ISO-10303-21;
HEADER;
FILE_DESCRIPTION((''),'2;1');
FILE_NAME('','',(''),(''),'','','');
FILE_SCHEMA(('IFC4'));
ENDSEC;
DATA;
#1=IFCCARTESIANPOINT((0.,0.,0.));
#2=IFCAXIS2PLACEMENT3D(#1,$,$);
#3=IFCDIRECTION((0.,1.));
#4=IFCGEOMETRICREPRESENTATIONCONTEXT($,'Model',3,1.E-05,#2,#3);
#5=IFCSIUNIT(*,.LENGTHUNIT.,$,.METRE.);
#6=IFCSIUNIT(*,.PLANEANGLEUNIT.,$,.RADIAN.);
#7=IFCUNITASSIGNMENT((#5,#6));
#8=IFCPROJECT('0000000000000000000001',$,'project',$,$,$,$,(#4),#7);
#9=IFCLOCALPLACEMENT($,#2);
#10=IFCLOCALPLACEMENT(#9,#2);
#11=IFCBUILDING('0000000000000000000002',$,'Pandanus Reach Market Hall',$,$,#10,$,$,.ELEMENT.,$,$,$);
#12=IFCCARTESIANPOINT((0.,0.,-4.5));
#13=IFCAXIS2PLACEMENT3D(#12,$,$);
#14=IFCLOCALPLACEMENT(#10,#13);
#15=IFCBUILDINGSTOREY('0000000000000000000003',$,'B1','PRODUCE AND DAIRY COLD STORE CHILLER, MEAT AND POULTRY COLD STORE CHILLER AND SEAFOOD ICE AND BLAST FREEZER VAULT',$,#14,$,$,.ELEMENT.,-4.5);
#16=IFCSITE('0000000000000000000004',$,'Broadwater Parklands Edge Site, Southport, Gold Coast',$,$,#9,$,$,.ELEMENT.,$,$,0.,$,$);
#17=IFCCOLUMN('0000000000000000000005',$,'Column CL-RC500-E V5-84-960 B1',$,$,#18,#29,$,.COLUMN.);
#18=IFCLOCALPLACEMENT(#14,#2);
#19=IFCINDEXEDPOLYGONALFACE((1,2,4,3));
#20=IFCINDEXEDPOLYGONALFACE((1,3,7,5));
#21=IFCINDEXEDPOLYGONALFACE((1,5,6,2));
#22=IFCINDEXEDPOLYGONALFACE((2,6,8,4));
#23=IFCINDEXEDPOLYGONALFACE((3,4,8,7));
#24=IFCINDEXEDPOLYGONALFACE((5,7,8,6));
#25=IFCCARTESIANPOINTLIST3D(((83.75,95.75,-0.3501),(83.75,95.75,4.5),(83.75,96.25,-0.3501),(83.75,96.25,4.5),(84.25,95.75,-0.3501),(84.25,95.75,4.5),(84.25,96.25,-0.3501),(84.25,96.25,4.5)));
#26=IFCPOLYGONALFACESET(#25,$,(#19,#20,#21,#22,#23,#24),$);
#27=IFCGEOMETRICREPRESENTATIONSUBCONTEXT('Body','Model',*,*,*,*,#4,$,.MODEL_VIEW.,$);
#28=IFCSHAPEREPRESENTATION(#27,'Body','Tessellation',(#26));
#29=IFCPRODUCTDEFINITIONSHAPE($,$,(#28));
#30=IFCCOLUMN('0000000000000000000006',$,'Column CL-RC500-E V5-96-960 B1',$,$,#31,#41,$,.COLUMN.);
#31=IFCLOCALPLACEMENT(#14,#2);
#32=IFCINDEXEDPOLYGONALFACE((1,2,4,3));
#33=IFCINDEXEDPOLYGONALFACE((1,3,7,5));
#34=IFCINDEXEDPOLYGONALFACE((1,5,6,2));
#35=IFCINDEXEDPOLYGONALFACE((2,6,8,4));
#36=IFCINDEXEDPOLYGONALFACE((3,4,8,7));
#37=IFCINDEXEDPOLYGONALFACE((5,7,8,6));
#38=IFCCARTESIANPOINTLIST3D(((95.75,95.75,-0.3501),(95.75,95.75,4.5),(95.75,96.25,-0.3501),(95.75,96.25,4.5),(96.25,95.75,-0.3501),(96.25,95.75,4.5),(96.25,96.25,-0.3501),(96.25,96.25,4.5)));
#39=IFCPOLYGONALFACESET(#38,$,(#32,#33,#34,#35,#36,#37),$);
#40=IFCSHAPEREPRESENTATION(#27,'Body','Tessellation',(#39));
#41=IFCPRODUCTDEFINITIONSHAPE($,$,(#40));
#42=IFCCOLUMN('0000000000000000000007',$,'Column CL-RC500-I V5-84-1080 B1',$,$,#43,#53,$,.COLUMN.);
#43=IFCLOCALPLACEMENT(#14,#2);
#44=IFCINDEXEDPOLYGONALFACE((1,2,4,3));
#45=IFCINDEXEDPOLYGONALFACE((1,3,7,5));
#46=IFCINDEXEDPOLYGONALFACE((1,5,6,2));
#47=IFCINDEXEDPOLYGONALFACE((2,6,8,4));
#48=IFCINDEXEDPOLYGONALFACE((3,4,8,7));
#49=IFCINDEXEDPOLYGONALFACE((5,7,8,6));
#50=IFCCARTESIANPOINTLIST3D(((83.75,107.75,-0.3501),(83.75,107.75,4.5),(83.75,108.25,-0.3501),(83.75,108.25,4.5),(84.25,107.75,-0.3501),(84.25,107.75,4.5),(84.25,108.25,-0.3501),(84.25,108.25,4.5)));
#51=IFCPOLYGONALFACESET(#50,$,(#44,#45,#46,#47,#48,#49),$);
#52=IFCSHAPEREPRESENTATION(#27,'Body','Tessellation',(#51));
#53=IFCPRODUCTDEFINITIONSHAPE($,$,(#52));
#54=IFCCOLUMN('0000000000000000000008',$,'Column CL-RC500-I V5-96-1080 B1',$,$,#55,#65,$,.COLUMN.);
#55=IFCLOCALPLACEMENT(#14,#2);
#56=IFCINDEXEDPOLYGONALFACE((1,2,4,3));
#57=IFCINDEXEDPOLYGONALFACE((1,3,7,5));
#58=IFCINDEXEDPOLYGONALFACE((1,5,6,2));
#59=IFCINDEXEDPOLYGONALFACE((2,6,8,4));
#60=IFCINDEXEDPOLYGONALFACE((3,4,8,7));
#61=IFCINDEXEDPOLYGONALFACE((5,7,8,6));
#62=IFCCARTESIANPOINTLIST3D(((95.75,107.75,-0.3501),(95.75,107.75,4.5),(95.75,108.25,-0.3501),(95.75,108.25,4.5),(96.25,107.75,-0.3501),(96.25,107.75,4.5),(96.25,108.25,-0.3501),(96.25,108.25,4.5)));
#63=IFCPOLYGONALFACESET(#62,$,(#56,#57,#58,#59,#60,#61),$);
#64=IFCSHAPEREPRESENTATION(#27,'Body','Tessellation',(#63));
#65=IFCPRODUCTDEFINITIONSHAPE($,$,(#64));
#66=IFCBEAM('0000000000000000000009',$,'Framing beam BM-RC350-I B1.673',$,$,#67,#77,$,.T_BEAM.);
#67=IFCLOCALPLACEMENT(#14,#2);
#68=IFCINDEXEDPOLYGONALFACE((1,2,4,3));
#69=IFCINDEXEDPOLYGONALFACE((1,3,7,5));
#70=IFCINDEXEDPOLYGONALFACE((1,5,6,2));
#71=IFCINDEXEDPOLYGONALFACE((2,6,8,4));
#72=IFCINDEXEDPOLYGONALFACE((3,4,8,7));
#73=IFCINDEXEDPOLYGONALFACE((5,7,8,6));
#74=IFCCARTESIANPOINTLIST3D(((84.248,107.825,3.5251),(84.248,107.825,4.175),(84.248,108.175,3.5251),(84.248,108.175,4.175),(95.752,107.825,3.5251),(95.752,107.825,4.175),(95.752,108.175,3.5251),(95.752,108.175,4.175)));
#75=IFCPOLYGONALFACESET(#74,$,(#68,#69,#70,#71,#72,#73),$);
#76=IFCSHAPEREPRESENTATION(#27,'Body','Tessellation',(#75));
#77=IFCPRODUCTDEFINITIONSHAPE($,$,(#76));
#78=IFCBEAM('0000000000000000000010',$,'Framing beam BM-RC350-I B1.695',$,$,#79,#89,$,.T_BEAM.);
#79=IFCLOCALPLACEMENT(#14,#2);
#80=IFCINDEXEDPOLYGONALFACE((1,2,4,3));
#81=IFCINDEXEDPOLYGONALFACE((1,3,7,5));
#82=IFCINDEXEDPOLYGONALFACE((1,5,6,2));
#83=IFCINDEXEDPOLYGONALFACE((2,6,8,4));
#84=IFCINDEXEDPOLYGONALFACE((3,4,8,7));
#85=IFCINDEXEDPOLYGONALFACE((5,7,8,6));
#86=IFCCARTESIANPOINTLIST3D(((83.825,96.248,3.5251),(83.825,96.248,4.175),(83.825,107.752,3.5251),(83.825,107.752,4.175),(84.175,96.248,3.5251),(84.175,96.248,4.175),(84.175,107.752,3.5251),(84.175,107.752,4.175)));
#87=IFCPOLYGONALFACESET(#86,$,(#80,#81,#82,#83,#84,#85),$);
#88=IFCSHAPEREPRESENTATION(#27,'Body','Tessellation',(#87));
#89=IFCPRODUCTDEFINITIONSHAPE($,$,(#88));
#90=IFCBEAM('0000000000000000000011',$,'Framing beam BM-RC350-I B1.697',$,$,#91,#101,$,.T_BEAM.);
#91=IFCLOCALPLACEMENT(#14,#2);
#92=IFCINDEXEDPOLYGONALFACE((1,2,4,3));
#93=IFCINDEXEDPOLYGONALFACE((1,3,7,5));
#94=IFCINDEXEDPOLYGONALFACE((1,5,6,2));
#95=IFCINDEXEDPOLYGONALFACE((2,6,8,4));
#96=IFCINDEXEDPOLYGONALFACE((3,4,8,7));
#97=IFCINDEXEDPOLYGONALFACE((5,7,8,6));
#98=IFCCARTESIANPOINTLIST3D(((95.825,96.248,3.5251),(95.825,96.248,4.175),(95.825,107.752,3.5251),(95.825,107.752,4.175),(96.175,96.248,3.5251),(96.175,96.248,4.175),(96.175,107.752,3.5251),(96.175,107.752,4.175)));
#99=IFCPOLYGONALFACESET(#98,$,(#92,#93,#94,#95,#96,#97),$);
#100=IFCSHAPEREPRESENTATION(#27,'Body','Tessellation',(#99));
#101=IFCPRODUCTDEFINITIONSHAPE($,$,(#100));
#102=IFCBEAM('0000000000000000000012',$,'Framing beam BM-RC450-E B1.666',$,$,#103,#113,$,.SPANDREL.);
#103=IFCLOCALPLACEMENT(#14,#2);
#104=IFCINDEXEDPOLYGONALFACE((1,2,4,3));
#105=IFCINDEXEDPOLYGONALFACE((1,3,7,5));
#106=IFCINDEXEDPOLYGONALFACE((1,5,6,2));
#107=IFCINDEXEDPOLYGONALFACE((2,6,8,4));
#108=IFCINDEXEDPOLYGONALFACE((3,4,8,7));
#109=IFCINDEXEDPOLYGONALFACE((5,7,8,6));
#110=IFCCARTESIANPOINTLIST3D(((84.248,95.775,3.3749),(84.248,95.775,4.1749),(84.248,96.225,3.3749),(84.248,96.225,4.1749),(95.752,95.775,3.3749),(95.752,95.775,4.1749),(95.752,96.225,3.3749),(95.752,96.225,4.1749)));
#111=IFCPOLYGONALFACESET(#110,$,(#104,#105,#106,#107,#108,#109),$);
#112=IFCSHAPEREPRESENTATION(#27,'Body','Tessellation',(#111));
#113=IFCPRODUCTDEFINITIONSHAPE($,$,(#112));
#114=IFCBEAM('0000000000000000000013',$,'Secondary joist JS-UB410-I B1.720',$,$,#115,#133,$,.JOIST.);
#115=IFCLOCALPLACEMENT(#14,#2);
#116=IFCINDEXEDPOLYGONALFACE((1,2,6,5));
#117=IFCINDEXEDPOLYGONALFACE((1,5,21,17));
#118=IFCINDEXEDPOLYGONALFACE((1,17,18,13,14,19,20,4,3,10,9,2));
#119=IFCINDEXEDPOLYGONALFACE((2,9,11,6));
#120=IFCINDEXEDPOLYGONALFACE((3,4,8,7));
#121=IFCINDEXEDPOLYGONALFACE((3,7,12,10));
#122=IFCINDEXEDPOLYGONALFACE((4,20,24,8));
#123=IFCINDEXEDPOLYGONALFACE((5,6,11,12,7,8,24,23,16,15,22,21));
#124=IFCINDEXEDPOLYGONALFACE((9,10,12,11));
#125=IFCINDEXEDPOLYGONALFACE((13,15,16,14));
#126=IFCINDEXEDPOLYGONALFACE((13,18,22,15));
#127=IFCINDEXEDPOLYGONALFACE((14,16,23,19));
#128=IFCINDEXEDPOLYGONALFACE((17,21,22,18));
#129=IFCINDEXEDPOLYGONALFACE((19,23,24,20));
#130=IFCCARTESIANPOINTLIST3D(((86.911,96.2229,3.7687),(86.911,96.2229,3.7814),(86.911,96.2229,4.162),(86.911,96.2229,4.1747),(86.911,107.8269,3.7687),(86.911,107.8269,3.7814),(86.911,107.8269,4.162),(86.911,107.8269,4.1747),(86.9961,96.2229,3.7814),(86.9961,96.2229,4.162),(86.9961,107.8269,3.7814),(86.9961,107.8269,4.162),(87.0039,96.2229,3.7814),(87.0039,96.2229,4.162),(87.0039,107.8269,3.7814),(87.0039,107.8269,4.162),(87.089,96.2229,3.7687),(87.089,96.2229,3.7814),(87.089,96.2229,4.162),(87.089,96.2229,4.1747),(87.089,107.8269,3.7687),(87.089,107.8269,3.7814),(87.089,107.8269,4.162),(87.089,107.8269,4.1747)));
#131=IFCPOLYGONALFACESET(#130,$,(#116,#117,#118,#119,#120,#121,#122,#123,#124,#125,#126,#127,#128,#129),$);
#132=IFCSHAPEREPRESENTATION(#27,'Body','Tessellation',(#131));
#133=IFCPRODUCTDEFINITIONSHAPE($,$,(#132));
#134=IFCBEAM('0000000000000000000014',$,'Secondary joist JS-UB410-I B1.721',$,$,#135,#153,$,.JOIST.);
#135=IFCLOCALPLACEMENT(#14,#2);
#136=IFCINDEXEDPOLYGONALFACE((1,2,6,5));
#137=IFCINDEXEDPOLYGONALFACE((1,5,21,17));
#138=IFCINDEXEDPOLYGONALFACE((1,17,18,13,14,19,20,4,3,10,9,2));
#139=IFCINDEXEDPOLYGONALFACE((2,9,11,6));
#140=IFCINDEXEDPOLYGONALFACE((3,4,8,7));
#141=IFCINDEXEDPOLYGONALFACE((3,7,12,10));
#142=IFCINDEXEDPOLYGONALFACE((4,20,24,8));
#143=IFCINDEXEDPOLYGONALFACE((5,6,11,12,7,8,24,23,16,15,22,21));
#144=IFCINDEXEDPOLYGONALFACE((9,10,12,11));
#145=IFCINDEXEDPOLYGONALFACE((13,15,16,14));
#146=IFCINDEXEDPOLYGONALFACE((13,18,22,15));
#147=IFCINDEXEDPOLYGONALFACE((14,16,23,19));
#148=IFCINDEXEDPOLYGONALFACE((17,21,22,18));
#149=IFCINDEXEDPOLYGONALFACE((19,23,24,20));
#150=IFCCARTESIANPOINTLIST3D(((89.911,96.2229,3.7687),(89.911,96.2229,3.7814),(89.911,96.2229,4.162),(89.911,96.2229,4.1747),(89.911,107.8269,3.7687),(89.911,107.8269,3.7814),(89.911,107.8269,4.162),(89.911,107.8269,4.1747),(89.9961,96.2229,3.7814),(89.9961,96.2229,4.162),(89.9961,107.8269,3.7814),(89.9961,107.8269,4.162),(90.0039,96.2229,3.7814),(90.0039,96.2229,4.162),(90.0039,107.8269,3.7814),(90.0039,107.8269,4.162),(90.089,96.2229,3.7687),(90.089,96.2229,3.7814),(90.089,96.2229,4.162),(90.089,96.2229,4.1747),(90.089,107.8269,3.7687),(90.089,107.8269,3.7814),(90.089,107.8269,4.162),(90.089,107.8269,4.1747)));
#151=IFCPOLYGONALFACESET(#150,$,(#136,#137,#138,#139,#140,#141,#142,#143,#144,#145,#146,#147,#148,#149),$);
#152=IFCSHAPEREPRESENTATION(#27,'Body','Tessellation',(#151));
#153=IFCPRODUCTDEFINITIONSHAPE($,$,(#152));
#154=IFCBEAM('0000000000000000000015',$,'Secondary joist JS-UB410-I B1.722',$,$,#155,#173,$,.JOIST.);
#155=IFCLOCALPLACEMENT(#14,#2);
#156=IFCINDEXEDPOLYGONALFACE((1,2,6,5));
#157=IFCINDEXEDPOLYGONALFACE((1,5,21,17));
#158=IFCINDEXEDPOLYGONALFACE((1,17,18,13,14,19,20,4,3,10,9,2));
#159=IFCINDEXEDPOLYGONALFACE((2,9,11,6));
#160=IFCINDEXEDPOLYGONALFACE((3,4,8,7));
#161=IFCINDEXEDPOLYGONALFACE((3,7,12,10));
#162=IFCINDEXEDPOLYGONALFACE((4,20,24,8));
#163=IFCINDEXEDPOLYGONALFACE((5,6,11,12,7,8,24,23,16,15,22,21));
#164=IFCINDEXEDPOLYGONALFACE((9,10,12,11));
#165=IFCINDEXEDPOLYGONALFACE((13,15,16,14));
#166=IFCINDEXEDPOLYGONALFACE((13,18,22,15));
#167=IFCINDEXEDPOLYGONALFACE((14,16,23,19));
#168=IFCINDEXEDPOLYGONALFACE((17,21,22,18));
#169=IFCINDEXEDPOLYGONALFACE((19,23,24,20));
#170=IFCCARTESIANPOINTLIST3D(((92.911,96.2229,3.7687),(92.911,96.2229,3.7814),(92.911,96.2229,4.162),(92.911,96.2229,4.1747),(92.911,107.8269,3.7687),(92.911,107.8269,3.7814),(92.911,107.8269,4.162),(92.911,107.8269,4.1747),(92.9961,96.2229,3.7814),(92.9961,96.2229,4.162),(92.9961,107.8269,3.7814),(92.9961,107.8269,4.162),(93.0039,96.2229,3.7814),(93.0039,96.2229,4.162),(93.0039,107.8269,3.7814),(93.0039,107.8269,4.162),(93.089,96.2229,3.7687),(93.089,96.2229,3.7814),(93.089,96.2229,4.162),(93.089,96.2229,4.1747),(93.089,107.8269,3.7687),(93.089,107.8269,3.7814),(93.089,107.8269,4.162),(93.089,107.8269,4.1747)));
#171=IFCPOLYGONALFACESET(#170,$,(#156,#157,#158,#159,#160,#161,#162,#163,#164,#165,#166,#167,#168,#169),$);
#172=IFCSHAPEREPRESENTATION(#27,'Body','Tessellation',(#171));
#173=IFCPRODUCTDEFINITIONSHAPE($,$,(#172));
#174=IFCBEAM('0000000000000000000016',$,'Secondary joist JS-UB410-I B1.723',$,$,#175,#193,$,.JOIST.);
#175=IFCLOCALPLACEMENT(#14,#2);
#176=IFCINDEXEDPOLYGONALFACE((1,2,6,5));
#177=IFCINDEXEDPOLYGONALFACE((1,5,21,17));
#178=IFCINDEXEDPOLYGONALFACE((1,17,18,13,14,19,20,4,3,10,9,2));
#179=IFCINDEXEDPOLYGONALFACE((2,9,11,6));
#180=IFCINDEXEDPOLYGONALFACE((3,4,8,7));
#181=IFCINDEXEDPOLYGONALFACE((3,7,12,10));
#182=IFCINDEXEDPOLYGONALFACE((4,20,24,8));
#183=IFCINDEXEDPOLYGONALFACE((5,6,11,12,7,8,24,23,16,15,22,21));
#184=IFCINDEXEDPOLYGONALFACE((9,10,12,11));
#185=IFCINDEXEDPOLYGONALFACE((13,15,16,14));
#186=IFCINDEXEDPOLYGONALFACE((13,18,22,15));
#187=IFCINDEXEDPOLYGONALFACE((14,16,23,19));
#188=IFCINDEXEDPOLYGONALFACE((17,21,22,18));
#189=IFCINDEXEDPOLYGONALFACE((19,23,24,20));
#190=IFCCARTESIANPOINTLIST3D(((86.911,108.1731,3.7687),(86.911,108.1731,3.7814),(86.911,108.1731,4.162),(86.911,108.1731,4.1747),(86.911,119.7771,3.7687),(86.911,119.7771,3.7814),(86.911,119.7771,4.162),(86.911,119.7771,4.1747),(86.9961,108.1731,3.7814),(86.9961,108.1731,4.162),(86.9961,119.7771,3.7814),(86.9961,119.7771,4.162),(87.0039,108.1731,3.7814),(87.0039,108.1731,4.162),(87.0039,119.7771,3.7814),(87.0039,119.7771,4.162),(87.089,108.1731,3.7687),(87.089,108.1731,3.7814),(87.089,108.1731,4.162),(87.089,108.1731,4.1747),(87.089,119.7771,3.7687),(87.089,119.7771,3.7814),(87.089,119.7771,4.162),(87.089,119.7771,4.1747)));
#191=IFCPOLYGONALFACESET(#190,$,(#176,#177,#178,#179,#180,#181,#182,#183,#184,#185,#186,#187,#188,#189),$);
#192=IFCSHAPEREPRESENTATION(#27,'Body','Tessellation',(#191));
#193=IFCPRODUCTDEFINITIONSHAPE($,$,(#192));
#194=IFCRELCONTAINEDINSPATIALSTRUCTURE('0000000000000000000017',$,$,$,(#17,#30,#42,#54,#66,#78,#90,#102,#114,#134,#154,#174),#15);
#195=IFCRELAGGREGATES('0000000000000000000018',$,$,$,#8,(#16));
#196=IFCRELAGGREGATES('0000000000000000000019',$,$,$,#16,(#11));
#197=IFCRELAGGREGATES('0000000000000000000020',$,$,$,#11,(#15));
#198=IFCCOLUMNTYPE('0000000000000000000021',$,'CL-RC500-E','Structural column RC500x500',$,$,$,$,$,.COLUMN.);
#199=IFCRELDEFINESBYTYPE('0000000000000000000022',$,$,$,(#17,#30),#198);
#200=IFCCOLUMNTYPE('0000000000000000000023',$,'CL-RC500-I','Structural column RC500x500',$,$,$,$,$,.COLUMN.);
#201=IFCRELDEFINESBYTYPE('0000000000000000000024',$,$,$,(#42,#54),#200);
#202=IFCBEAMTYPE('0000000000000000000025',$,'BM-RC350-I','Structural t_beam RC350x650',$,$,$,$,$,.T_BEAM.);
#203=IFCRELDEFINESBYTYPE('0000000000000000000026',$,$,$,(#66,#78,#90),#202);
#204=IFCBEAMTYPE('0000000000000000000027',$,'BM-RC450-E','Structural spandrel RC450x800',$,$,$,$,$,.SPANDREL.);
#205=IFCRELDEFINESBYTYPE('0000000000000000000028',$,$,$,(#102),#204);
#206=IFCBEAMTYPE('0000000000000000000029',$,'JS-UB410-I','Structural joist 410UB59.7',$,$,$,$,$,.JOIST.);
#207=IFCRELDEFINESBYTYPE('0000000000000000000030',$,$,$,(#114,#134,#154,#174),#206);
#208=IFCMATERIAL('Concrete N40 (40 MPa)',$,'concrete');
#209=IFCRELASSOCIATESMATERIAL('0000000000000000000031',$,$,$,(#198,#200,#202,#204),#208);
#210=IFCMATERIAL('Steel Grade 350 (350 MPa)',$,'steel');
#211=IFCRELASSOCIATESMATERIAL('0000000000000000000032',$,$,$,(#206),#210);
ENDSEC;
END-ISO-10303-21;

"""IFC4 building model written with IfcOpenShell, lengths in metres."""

from ifc_helpers import new_model, si_unit, direction, frame, origin, origin_2d, place, context, subcontext, project, spatial, rectangle, i_section, extrude, material, material_profile, profile_set, type_object, element, save


model = new_model("IFC4")

# Units and contexts
model_context = context("Model", 3, precision=1e-05, world=origin(), true_north=direction((0.0, 1.0)))
body_context = subcontext(model_context, "Body", "Model", "MODEL_VIEW")
ifc_project = project(units=[si_unit("LENGTHUNIT", "METRE"), si_unit("PLANEANGLEUNIT", "RADIAN")], contexts=[model_context])

# Site, building, storey
site_placement = place(None, origin())
site = spatial("IfcSite", under=ifc_project, at=site_placement, Name="Broadwater Parklands Edge Site, Southport, Gold Coast", CompositionType="ELEMENT", RefElevation=0.0)
building_placement = place(site_placement, origin())
building = spatial("IfcBuilding", under=site, at=building_placement, Name="Pandanus Reach Market Hall", CompositionType="ELEMENT")
storey_placement = place(building_placement, frame((0.0, 0.0, -4.5)))
storey = spatial("IfcBuildingStorey", under=building, at=storey_placement, Name="B1", Description="PRODUCE AND DAIRY COLD STORE CHILLER, MEAT AND POULTRY COLD STORE CHILLER AND SEAFOOD ICE AND BLAST FREEZER VAULT", CompositionType="ELEMENT", Elevation=-4.5)

# Shared definitions
ifc_material_1 = material(Name="Concrete N40 (40 MPa)", Category="concrete")

# Columns
ifc_material_profile_1 = material_profile(ifc_material_1, rectangle(XDim=0.5, YDim=0.5, at=origin_2d()), Name="RC500x500", Category="LoadBearing")
ifc_profile_set_1 = profile_set([ifc_material_profile_1], Name="Concrete N40 (40 MPa)")
column_type_1 = type_object("IfcColumnType", Name="CL-RC500-E", Description="Structural column RC500x500", PredefinedType="COLUMN", material=ifc_profile_set_1)
for number, where, z_axis, x_axis, name in (
    (1, (84.0, 96.0, -0.3501), (0.0, 0.0, 1.0), (1.0, 0.0, 0.0), "Column CL-RC500-E V5-84-960 B1"),
    (2, (96.0, 96.0, -0.3501), (0.0, 0.0, 1.0), (1.0, 0.0, 0.0), "Column CL-RC500-E V5-96-960 B1"),
):
    element("IfcColumn", number, at=place(storey_placement, frame(where, z_axis=z_axis, x_axis=x_axis)), inside=storey, type_object=column_type_1, Name=name, PredefinedType="COLUMN", context=body_context, shape_type="SweptSolid", body=[
        extrude(rectangle(XDim=0.5, YDim=0.5, at=origin_2d()), origin(), (0.0, 0.0, 1.0), 4.8501),
    ])
ifc_material_profile_2 = material_profile(ifc_material_1, rectangle(XDim=0.5, YDim=0.5, at=origin_2d()), Name="RC500x500", Category="LoadBearing")
ifc_profile_set_2 = profile_set([ifc_material_profile_2], Name="Concrete N40 (40 MPa)")
column_type_2 = type_object("IfcColumnType", Name="CL-RC500-I", Description="Structural column RC500x500", PredefinedType="COLUMN", material=ifc_profile_set_2)
for number, where, z_axis, x_axis, name in (
    (3, (84.0, 108.0, -0.3501), (0.0, 0.0, 1.0), (1.0, 0.0, 0.0), "Column CL-RC500-I V5-84-1080 B1"),
    (4, (96.0, 108.0, -0.3501), (0.0, 0.0, 1.0), (1.0, 0.0, 0.0), "Column CL-RC500-I V5-96-1080 B1"),
):
    element("IfcColumn", number, at=place(storey_placement, frame(where, z_axis=z_axis, x_axis=x_axis)), inside=storey, type_object=column_type_2, Name=name, PredefinedType="COLUMN", context=body_context, shape_type="SweptSolid", body=[
        extrude(rectangle(XDim=0.5, YDim=0.5, at=origin_2d()), origin(), (0.0, 0.0, 1.0), 4.8501),
    ])

# Beams
ifc_material_profile_3 = material_profile(ifc_material_1, rectangle(XDim=0.3501, YDim=0.6499, at=origin_2d()), Name="RC350x650", Category="LoadBearing")
ifc_profile_set_3 = profile_set([ifc_material_profile_3], Name="Concrete N40 (40 MPa)")
beam_type_1 = type_object("IfcBeamType", Name="BM-RC350-I", Description="Structural t_beam RC350x650", PredefinedType="T_BEAM", material=ifc_profile_set_3)
for number, where, z_axis, x_axis, name in (
    (5, (84.248, 108.0, 3.8501), (1.0, 0.0, 0.0), (0.0, 1.0, 0.0), "Framing beam BM-RC350-I B1.673"),
    (6, (84.0, 96.248, 3.8501), (0.0, 1.0, 0.0), (-1.0, 0.0, 0.0), "Framing beam BM-RC350-I B1.695"),
    (7, (96.0, 96.248, 3.8501), (0.0, 1.0, 0.0), (-1.0, 0.0, 0.0), "Framing beam BM-RC350-I B1.697"),
):
    element("IfcBeam", number, at=place(storey_placement, frame(where, z_axis=z_axis, x_axis=x_axis)), inside=storey, type_object=beam_type_1, Name=name, PredefinedType="T_BEAM", context=body_context, shape_type="SweptSolid", body=[
        extrude(rectangle(XDim=0.3501, YDim=0.6499, at=origin_2d()), origin(), (0.0, 0.0, 1.0), 11.5039),
    ])
ifc_material_profile_4 = material_profile(ifc_material_1, rectangle(XDim=0.45, YDim=0.8, at=origin_2d()), Name="RC450x800", Category="LoadBearing")
ifc_profile_set_4 = profile_set([ifc_material_profile_4], Name="Concrete N40 (40 MPa)")
beam_type_2 = type_object("IfcBeamType", Name="BM-RC450-E", Description="Structural spandrel RC450x800", PredefinedType="SPANDREL", material=ifc_profile_set_4)
beam_placement = place(storey_placement, frame((84.248, 96.0, 3.7749), z_axis=(1.0, 0.0, 0.0), x_axis=(0.0, 1.0, 0.0)))
element("IfcBeam", 8, at=beam_placement, inside=storey, type_object=beam_type_2, Name="Framing beam BM-RC450-E B1.666", PredefinedType="SPANDREL", context=body_context, shape_type="SweptSolid", body=[
    extrude(rectangle(XDim=0.45, YDim=0.8, at=origin_2d()), origin(), (0.0, 0.0, 1.0), 11.5039),
])
ifc_material_2 = material(Name="Steel Grade 350 (350 MPa)", Category="steel")
ifc_material_profile_5 = material_profile(ifc_material_2, i_section(OverallWidth=0.178, OverallDepth=0.406, WebThickness=0.0078, FlangeThickness=0.0127, at=origin_2d()), Name="410UB59.7", Category="LoadBearing")
ifc_profile_set_5 = profile_set([ifc_material_profile_5], Name="Steel Grade 350 (350 MPa)")
beam_type_3 = type_object("IfcBeamType", Name="JS-UB410-I", Description="Structural joist 410UB59.7", PredefinedType="JOIST", material=ifc_profile_set_5)
for number, where, z_axis, x_axis, name in (
    (9, (87.0, 96.2229, 3.9717), (0.0, 1.0, 0.0), (-1.0, 0.0, 0.0), "Secondary joist JS-UB410-I B1.720"),
    (10, (90.0, 96.2229, 3.9717), (0.0, 1.0, 0.0), (-1.0, 0.0, 0.0), "Secondary joist JS-UB410-I B1.721"),
    (11, (93.0, 96.2229, 3.9717), (0.0, 1.0, 0.0), (-1.0, 0.0, 0.0), "Secondary joist JS-UB410-I B1.722"),
    (12, (87.0, 108.1731, 3.9717), (0.0, 1.0, 0.0), (-1.0, 0.0, 0.0), "Secondary joist JS-UB410-I B1.723"),
):
    element("IfcBeam", number, at=place(storey_placement, frame(where, z_axis=z_axis, x_axis=x_axis)), inside=storey, type_object=beam_type_3, Name=name, PredefinedType="JOIST", context=body_context, shape_type="SweptSolid", body=[
        extrude(i_section(OverallWidth=0.178, OverallDepth=0.406, WebThickness=0.0078, FlangeThickness=0.0127, at=origin_2d()), origin(), (0.0, 0.0, 1.0), 11.604),
    ])

save(model, "model.ifc")
